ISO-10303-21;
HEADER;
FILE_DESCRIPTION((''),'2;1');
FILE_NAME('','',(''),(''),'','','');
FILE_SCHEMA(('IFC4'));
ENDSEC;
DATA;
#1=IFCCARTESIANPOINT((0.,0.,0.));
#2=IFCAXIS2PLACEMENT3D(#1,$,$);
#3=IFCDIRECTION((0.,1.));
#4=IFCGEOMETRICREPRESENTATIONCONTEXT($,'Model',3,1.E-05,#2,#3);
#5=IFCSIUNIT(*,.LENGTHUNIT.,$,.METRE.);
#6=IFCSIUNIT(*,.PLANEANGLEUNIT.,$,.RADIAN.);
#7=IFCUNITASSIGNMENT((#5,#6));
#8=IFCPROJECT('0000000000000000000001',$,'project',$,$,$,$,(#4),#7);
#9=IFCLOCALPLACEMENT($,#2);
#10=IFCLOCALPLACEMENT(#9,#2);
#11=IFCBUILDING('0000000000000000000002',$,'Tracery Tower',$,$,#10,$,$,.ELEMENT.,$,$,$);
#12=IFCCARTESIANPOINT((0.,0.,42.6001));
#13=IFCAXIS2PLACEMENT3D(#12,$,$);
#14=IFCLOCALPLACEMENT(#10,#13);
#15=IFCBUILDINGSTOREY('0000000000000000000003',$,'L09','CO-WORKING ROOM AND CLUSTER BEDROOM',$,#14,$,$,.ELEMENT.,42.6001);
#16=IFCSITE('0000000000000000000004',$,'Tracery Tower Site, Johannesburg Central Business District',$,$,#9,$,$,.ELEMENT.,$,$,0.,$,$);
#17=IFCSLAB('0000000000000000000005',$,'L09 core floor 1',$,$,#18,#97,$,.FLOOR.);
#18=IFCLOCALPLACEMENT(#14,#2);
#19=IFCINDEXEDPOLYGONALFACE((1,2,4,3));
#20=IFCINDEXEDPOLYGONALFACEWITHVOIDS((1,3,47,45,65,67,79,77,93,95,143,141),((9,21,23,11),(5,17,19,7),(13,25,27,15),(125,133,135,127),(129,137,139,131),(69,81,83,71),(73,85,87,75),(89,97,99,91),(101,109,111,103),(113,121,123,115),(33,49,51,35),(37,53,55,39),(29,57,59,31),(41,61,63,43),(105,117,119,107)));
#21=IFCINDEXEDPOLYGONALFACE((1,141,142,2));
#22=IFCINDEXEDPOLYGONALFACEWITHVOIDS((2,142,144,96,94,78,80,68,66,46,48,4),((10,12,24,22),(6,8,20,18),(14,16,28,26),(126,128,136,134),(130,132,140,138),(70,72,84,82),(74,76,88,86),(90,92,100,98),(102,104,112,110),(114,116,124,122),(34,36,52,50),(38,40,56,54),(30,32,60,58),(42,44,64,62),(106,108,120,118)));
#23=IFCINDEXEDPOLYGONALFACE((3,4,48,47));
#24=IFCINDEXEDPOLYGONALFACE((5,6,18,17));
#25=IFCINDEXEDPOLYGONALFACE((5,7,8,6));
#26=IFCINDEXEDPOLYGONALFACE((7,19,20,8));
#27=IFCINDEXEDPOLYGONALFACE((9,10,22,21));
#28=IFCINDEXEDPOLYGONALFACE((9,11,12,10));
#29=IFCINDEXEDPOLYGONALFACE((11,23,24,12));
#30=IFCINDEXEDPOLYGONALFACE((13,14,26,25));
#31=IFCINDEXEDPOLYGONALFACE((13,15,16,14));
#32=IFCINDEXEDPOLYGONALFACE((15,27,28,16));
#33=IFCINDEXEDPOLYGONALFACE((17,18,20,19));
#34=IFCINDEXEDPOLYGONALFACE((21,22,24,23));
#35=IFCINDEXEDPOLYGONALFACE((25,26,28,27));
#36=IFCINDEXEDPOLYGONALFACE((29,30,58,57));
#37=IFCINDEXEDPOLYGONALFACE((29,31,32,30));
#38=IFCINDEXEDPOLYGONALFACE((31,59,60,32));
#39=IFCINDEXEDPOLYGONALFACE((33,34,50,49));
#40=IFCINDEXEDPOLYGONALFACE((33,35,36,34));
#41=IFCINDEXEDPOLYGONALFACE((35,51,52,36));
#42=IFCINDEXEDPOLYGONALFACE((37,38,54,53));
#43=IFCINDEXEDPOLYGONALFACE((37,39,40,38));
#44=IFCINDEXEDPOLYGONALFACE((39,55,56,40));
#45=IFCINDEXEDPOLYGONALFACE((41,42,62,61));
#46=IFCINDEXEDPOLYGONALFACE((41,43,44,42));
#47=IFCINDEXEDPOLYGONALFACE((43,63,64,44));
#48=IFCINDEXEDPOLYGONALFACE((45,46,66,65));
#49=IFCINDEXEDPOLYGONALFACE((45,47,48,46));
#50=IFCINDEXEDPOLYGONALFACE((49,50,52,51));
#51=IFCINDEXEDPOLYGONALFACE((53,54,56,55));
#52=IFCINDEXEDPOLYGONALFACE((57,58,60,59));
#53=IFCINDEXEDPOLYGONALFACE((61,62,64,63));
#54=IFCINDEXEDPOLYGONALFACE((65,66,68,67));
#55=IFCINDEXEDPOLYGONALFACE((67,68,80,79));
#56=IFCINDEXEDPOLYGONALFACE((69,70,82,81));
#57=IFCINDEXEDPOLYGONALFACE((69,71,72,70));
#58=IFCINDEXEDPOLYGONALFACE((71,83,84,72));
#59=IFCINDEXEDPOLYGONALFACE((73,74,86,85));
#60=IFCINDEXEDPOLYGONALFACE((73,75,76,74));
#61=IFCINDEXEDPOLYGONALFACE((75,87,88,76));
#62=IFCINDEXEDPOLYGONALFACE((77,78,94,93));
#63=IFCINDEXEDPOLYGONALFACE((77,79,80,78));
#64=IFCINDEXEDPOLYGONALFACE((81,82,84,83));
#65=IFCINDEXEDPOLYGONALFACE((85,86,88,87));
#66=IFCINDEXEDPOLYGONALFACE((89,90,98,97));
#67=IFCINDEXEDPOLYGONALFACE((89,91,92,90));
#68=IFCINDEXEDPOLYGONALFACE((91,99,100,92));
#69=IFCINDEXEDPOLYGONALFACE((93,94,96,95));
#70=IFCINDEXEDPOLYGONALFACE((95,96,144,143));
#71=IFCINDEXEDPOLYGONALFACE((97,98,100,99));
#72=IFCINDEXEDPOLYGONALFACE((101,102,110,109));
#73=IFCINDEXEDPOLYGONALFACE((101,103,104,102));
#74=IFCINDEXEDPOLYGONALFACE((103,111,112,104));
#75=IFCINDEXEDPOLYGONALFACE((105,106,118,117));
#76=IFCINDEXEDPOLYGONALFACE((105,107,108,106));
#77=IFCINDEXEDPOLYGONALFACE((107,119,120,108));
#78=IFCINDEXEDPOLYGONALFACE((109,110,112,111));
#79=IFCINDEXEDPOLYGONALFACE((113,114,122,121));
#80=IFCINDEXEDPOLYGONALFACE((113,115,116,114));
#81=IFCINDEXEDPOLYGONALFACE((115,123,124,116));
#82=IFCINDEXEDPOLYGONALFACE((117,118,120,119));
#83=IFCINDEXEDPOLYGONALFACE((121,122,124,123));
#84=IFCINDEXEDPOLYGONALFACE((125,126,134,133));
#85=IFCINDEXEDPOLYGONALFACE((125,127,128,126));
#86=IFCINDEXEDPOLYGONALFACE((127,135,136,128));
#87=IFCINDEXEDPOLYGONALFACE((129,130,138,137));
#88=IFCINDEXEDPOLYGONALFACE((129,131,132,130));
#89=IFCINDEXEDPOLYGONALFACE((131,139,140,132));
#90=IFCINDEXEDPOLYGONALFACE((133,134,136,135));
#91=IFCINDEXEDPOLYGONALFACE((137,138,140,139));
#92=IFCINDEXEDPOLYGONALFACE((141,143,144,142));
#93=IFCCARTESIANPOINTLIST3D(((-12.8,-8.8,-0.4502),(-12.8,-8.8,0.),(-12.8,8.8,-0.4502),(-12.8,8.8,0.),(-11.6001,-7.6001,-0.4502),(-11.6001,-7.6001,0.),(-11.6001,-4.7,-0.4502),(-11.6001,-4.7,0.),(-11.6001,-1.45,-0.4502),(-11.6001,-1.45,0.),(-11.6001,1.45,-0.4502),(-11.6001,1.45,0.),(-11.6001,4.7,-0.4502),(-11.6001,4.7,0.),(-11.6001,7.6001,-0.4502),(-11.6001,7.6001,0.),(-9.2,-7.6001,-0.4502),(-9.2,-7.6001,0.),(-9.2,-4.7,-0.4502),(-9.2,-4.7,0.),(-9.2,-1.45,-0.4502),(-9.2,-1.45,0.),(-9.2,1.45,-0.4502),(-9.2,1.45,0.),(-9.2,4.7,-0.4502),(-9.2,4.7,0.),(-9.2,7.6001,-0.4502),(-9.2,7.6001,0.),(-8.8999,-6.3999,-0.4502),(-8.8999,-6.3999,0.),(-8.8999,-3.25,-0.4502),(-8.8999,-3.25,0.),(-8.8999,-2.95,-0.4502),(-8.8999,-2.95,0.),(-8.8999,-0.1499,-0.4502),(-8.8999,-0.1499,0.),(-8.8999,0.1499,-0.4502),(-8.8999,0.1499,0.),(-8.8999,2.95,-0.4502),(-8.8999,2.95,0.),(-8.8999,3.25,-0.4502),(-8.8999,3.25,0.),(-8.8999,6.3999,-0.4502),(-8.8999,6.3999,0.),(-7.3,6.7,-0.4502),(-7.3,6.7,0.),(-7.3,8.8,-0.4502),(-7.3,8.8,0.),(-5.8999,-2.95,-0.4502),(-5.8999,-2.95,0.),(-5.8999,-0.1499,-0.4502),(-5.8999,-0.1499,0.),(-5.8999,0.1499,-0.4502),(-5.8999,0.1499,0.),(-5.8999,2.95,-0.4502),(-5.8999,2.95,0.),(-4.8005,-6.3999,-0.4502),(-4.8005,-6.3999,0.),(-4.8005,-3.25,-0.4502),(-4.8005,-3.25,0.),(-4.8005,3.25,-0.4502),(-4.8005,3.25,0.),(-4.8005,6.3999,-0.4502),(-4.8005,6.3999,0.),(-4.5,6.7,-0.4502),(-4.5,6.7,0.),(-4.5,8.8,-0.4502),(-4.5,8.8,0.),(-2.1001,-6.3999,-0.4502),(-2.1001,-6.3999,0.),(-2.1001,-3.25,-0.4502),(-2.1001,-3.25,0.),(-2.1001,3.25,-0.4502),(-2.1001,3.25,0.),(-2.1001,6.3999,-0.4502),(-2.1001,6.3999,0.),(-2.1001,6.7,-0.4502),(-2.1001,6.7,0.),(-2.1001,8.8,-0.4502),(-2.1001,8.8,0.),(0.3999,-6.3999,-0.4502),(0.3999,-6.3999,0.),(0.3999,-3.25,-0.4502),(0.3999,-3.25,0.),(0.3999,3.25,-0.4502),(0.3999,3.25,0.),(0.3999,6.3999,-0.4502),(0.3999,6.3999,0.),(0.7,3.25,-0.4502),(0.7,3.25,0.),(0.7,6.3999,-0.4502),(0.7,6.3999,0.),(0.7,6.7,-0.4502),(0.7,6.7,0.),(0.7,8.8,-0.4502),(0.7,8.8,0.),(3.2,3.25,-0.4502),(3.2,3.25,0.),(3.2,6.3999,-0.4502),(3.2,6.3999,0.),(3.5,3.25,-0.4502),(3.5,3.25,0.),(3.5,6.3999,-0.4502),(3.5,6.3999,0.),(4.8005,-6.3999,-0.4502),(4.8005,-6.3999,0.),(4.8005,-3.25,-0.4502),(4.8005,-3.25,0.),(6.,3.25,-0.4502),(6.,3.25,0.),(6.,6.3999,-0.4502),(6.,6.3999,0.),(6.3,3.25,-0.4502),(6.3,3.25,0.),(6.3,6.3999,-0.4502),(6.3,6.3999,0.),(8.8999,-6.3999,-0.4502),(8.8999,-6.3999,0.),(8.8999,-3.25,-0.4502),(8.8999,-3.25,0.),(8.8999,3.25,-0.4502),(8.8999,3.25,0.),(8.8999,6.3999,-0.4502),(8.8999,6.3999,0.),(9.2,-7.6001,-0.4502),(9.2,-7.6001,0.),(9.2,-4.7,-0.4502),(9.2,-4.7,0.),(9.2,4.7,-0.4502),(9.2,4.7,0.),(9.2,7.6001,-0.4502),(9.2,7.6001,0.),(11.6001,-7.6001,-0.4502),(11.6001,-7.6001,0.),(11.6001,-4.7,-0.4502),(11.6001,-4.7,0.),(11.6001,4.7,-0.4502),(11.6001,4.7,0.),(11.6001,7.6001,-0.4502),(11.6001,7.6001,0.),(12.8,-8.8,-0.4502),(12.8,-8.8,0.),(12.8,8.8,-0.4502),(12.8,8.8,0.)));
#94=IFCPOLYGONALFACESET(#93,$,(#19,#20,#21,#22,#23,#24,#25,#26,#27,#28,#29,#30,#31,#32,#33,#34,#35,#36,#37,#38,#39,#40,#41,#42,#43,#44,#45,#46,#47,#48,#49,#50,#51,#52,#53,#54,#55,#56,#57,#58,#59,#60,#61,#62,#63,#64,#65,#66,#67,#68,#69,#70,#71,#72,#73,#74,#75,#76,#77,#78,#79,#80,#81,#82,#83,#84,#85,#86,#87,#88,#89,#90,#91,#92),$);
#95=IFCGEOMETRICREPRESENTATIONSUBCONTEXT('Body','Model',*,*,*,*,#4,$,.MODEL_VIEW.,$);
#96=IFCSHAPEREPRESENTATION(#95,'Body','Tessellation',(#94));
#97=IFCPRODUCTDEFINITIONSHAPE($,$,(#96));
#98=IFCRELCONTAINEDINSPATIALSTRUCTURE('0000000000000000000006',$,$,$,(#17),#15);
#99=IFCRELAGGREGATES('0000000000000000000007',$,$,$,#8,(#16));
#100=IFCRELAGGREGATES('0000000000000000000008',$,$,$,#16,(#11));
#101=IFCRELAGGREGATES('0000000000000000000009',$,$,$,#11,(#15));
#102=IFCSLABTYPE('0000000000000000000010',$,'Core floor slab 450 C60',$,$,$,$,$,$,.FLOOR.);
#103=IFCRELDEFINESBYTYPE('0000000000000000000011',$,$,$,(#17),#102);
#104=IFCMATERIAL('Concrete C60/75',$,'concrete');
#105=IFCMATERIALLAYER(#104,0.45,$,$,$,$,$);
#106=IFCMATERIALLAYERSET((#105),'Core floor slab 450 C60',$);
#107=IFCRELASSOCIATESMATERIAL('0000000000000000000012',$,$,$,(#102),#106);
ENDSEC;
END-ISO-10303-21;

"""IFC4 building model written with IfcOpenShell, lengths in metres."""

from ifc_helpers import new_model, si_unit, direction, frame, origin, place, context, subcontext, project, spatial, polyline, outline, extrude, material, layer, layer_set, type_object, element, save


model = new_model("IFC4")

# Units and contexts
model_context = context("Model", 3, precision=1e-05, world=origin(), true_north=direction((0.0, 1.0)))
body_context = subcontext(model_context, "Body", "Model", "MODEL_VIEW")
ifc_project = project(units=[si_unit("LENGTHUNIT", "METRE"), si_unit("PLANEANGLEUNIT", "RADIAN")], contexts=[model_context])

# Site, building, storey
site_placement = place(None, origin())
site = spatial("IfcSite", under=ifc_project, at=site_placement, Name="Tracery Tower Site, Johannesburg Central Business District", CompositionType="ELEMENT", RefElevation=0.0)
building_placement = place(site_placement, origin())
building = spatial("IfcBuilding", under=site, at=building_placement, Name="Tracery Tower", CompositionType="ELEMENT")
storey_placement = place(building_placement, frame((0.0, 0.0, 42.6001)))
storey = spatial("IfcBuildingStorey", under=building, at=storey_placement, Name="L09", Description="CO-WORKING ROOM AND CLUSTER BEDROOM", CompositionType="ELEMENT", Elevation=42.6001)

# Slab
ifc_material_1 = material(Name="Concrete C60/75", Category="concrete")
ifc_layer_1 = layer(ifc_material_1, 0.45)
ifc_layer_set_1 = layer_set([ifc_layer_1], Name="Core floor slab 450 C60")
slab_type_1 = type_object("IfcSlabType", Name="Core floor slab 450 C60", PredefinedType="FLOOR", material=ifc_layer_set_1)
slab_1_placement = place(storey_placement, frame((0.0, 0.0, -0.4502)))
element("IfcSlab", 1, at=slab_1_placement, inside=storey, type_object=slab_type_1, Name="L09 core floor 1", PredefinedType="FLOOR", context=body_context, shape_type="SweptSolid", body=[
    extrude(outline(polyline([(-12.8, 8.8), (-7.3, 8.8), (-7.3, 6.7), (-4.5, 6.7), (-4.5, 8.8), (-2.1001, 8.8), (-2.1001, 6.7), (0.7, 6.7), (0.7, 8.8), (12.8, 8.8), (12.8, -8.8), (-12.8, -8.8), (-12.8, 8.8)]), holes=[polyline([(11.6001, -7.6001), (11.6001, -4.7), (9.2, -4.7), (9.2, -7.6001), (11.6001, -7.6001)]), polyline([(11.6001, 4.7), (11.6001, 7.6001), (9.2, 7.6001), (9.2, 4.7), (11.6001, 4.7)]), polyline([(4.8005, -3.25), (4.8005, -6.3999), (8.8999, -6.3999), (8.8999, -3.25), (4.8005, -3.25)]), polyline([(6.3, 3.25), (8.8999, 3.25), (8.8999, 6.3999), (6.3, 6.3999), (6.3, 3.25)]), polyline([(3.5, 3.25), (6.0, 3.25), (6.0, 6.3999), (3.5, 6.3999), (3.5, 3.25)]), polyline([(3.2, 3.25), (3.2, 6.3999), (0.7, 6.3999), (0.7, 3.25), (3.2, 3.25)]), polyline([(-2.1001, 3.25), (0.3999, 3.25), (0.3999, 6.3999), (-2.1001, 6.3999), (-2.1001, 3.25)]), polyline([(0.3999, -6.3999), (0.3999, -3.25), (-2.1001, -3.25), (-2.1001, -6.3999), (0.3999, -6.3999)]), polyline([(-4.8005, -3.25), (-8.8999, -3.25), (-8.8999, -6.3999), (-4.8005, -6.3999), (-4.8005, -3.25)]), polyline([(-4.8005, 6.3999), (-8.8999, 6.3999), (-8.8999, 3.25), (-4.8005, 3.25), (-4.8005, 6.3999)]), polyline([(-8.8999, -2.95), (-5.8999, -2.95), (-5.8999, -0.1499), (-8.8999, -0.1499), (-8.8999, -2.95)]), polyline([(-5.8999, 0.1499), (-5.8999, 2.95), (-8.8999, 2.95), (-8.8999, 0.1499), (-5.8999, 0.1499)]), polyline([(-11.6001, 4.7), (-9.2, 4.7), (-9.2, 7.6001), (-11.6001, 7.6001), (-11.6001, 4.7)]), polyline([(-9.2, -7.6001), (-9.2, -4.7), (-11.6001, -4.7), (-11.6001, -7.6001), (-9.2, -7.6001)]), polyline([(-9.2, -1.45), (-9.2, 1.45), (-11.6001, 1.45), (-11.6001, -1.45), (-9.2, -1.45)])]), origin(), (0.0, 0.0, 1.0), 0.4502),
])

save(model, "model.ifc")
